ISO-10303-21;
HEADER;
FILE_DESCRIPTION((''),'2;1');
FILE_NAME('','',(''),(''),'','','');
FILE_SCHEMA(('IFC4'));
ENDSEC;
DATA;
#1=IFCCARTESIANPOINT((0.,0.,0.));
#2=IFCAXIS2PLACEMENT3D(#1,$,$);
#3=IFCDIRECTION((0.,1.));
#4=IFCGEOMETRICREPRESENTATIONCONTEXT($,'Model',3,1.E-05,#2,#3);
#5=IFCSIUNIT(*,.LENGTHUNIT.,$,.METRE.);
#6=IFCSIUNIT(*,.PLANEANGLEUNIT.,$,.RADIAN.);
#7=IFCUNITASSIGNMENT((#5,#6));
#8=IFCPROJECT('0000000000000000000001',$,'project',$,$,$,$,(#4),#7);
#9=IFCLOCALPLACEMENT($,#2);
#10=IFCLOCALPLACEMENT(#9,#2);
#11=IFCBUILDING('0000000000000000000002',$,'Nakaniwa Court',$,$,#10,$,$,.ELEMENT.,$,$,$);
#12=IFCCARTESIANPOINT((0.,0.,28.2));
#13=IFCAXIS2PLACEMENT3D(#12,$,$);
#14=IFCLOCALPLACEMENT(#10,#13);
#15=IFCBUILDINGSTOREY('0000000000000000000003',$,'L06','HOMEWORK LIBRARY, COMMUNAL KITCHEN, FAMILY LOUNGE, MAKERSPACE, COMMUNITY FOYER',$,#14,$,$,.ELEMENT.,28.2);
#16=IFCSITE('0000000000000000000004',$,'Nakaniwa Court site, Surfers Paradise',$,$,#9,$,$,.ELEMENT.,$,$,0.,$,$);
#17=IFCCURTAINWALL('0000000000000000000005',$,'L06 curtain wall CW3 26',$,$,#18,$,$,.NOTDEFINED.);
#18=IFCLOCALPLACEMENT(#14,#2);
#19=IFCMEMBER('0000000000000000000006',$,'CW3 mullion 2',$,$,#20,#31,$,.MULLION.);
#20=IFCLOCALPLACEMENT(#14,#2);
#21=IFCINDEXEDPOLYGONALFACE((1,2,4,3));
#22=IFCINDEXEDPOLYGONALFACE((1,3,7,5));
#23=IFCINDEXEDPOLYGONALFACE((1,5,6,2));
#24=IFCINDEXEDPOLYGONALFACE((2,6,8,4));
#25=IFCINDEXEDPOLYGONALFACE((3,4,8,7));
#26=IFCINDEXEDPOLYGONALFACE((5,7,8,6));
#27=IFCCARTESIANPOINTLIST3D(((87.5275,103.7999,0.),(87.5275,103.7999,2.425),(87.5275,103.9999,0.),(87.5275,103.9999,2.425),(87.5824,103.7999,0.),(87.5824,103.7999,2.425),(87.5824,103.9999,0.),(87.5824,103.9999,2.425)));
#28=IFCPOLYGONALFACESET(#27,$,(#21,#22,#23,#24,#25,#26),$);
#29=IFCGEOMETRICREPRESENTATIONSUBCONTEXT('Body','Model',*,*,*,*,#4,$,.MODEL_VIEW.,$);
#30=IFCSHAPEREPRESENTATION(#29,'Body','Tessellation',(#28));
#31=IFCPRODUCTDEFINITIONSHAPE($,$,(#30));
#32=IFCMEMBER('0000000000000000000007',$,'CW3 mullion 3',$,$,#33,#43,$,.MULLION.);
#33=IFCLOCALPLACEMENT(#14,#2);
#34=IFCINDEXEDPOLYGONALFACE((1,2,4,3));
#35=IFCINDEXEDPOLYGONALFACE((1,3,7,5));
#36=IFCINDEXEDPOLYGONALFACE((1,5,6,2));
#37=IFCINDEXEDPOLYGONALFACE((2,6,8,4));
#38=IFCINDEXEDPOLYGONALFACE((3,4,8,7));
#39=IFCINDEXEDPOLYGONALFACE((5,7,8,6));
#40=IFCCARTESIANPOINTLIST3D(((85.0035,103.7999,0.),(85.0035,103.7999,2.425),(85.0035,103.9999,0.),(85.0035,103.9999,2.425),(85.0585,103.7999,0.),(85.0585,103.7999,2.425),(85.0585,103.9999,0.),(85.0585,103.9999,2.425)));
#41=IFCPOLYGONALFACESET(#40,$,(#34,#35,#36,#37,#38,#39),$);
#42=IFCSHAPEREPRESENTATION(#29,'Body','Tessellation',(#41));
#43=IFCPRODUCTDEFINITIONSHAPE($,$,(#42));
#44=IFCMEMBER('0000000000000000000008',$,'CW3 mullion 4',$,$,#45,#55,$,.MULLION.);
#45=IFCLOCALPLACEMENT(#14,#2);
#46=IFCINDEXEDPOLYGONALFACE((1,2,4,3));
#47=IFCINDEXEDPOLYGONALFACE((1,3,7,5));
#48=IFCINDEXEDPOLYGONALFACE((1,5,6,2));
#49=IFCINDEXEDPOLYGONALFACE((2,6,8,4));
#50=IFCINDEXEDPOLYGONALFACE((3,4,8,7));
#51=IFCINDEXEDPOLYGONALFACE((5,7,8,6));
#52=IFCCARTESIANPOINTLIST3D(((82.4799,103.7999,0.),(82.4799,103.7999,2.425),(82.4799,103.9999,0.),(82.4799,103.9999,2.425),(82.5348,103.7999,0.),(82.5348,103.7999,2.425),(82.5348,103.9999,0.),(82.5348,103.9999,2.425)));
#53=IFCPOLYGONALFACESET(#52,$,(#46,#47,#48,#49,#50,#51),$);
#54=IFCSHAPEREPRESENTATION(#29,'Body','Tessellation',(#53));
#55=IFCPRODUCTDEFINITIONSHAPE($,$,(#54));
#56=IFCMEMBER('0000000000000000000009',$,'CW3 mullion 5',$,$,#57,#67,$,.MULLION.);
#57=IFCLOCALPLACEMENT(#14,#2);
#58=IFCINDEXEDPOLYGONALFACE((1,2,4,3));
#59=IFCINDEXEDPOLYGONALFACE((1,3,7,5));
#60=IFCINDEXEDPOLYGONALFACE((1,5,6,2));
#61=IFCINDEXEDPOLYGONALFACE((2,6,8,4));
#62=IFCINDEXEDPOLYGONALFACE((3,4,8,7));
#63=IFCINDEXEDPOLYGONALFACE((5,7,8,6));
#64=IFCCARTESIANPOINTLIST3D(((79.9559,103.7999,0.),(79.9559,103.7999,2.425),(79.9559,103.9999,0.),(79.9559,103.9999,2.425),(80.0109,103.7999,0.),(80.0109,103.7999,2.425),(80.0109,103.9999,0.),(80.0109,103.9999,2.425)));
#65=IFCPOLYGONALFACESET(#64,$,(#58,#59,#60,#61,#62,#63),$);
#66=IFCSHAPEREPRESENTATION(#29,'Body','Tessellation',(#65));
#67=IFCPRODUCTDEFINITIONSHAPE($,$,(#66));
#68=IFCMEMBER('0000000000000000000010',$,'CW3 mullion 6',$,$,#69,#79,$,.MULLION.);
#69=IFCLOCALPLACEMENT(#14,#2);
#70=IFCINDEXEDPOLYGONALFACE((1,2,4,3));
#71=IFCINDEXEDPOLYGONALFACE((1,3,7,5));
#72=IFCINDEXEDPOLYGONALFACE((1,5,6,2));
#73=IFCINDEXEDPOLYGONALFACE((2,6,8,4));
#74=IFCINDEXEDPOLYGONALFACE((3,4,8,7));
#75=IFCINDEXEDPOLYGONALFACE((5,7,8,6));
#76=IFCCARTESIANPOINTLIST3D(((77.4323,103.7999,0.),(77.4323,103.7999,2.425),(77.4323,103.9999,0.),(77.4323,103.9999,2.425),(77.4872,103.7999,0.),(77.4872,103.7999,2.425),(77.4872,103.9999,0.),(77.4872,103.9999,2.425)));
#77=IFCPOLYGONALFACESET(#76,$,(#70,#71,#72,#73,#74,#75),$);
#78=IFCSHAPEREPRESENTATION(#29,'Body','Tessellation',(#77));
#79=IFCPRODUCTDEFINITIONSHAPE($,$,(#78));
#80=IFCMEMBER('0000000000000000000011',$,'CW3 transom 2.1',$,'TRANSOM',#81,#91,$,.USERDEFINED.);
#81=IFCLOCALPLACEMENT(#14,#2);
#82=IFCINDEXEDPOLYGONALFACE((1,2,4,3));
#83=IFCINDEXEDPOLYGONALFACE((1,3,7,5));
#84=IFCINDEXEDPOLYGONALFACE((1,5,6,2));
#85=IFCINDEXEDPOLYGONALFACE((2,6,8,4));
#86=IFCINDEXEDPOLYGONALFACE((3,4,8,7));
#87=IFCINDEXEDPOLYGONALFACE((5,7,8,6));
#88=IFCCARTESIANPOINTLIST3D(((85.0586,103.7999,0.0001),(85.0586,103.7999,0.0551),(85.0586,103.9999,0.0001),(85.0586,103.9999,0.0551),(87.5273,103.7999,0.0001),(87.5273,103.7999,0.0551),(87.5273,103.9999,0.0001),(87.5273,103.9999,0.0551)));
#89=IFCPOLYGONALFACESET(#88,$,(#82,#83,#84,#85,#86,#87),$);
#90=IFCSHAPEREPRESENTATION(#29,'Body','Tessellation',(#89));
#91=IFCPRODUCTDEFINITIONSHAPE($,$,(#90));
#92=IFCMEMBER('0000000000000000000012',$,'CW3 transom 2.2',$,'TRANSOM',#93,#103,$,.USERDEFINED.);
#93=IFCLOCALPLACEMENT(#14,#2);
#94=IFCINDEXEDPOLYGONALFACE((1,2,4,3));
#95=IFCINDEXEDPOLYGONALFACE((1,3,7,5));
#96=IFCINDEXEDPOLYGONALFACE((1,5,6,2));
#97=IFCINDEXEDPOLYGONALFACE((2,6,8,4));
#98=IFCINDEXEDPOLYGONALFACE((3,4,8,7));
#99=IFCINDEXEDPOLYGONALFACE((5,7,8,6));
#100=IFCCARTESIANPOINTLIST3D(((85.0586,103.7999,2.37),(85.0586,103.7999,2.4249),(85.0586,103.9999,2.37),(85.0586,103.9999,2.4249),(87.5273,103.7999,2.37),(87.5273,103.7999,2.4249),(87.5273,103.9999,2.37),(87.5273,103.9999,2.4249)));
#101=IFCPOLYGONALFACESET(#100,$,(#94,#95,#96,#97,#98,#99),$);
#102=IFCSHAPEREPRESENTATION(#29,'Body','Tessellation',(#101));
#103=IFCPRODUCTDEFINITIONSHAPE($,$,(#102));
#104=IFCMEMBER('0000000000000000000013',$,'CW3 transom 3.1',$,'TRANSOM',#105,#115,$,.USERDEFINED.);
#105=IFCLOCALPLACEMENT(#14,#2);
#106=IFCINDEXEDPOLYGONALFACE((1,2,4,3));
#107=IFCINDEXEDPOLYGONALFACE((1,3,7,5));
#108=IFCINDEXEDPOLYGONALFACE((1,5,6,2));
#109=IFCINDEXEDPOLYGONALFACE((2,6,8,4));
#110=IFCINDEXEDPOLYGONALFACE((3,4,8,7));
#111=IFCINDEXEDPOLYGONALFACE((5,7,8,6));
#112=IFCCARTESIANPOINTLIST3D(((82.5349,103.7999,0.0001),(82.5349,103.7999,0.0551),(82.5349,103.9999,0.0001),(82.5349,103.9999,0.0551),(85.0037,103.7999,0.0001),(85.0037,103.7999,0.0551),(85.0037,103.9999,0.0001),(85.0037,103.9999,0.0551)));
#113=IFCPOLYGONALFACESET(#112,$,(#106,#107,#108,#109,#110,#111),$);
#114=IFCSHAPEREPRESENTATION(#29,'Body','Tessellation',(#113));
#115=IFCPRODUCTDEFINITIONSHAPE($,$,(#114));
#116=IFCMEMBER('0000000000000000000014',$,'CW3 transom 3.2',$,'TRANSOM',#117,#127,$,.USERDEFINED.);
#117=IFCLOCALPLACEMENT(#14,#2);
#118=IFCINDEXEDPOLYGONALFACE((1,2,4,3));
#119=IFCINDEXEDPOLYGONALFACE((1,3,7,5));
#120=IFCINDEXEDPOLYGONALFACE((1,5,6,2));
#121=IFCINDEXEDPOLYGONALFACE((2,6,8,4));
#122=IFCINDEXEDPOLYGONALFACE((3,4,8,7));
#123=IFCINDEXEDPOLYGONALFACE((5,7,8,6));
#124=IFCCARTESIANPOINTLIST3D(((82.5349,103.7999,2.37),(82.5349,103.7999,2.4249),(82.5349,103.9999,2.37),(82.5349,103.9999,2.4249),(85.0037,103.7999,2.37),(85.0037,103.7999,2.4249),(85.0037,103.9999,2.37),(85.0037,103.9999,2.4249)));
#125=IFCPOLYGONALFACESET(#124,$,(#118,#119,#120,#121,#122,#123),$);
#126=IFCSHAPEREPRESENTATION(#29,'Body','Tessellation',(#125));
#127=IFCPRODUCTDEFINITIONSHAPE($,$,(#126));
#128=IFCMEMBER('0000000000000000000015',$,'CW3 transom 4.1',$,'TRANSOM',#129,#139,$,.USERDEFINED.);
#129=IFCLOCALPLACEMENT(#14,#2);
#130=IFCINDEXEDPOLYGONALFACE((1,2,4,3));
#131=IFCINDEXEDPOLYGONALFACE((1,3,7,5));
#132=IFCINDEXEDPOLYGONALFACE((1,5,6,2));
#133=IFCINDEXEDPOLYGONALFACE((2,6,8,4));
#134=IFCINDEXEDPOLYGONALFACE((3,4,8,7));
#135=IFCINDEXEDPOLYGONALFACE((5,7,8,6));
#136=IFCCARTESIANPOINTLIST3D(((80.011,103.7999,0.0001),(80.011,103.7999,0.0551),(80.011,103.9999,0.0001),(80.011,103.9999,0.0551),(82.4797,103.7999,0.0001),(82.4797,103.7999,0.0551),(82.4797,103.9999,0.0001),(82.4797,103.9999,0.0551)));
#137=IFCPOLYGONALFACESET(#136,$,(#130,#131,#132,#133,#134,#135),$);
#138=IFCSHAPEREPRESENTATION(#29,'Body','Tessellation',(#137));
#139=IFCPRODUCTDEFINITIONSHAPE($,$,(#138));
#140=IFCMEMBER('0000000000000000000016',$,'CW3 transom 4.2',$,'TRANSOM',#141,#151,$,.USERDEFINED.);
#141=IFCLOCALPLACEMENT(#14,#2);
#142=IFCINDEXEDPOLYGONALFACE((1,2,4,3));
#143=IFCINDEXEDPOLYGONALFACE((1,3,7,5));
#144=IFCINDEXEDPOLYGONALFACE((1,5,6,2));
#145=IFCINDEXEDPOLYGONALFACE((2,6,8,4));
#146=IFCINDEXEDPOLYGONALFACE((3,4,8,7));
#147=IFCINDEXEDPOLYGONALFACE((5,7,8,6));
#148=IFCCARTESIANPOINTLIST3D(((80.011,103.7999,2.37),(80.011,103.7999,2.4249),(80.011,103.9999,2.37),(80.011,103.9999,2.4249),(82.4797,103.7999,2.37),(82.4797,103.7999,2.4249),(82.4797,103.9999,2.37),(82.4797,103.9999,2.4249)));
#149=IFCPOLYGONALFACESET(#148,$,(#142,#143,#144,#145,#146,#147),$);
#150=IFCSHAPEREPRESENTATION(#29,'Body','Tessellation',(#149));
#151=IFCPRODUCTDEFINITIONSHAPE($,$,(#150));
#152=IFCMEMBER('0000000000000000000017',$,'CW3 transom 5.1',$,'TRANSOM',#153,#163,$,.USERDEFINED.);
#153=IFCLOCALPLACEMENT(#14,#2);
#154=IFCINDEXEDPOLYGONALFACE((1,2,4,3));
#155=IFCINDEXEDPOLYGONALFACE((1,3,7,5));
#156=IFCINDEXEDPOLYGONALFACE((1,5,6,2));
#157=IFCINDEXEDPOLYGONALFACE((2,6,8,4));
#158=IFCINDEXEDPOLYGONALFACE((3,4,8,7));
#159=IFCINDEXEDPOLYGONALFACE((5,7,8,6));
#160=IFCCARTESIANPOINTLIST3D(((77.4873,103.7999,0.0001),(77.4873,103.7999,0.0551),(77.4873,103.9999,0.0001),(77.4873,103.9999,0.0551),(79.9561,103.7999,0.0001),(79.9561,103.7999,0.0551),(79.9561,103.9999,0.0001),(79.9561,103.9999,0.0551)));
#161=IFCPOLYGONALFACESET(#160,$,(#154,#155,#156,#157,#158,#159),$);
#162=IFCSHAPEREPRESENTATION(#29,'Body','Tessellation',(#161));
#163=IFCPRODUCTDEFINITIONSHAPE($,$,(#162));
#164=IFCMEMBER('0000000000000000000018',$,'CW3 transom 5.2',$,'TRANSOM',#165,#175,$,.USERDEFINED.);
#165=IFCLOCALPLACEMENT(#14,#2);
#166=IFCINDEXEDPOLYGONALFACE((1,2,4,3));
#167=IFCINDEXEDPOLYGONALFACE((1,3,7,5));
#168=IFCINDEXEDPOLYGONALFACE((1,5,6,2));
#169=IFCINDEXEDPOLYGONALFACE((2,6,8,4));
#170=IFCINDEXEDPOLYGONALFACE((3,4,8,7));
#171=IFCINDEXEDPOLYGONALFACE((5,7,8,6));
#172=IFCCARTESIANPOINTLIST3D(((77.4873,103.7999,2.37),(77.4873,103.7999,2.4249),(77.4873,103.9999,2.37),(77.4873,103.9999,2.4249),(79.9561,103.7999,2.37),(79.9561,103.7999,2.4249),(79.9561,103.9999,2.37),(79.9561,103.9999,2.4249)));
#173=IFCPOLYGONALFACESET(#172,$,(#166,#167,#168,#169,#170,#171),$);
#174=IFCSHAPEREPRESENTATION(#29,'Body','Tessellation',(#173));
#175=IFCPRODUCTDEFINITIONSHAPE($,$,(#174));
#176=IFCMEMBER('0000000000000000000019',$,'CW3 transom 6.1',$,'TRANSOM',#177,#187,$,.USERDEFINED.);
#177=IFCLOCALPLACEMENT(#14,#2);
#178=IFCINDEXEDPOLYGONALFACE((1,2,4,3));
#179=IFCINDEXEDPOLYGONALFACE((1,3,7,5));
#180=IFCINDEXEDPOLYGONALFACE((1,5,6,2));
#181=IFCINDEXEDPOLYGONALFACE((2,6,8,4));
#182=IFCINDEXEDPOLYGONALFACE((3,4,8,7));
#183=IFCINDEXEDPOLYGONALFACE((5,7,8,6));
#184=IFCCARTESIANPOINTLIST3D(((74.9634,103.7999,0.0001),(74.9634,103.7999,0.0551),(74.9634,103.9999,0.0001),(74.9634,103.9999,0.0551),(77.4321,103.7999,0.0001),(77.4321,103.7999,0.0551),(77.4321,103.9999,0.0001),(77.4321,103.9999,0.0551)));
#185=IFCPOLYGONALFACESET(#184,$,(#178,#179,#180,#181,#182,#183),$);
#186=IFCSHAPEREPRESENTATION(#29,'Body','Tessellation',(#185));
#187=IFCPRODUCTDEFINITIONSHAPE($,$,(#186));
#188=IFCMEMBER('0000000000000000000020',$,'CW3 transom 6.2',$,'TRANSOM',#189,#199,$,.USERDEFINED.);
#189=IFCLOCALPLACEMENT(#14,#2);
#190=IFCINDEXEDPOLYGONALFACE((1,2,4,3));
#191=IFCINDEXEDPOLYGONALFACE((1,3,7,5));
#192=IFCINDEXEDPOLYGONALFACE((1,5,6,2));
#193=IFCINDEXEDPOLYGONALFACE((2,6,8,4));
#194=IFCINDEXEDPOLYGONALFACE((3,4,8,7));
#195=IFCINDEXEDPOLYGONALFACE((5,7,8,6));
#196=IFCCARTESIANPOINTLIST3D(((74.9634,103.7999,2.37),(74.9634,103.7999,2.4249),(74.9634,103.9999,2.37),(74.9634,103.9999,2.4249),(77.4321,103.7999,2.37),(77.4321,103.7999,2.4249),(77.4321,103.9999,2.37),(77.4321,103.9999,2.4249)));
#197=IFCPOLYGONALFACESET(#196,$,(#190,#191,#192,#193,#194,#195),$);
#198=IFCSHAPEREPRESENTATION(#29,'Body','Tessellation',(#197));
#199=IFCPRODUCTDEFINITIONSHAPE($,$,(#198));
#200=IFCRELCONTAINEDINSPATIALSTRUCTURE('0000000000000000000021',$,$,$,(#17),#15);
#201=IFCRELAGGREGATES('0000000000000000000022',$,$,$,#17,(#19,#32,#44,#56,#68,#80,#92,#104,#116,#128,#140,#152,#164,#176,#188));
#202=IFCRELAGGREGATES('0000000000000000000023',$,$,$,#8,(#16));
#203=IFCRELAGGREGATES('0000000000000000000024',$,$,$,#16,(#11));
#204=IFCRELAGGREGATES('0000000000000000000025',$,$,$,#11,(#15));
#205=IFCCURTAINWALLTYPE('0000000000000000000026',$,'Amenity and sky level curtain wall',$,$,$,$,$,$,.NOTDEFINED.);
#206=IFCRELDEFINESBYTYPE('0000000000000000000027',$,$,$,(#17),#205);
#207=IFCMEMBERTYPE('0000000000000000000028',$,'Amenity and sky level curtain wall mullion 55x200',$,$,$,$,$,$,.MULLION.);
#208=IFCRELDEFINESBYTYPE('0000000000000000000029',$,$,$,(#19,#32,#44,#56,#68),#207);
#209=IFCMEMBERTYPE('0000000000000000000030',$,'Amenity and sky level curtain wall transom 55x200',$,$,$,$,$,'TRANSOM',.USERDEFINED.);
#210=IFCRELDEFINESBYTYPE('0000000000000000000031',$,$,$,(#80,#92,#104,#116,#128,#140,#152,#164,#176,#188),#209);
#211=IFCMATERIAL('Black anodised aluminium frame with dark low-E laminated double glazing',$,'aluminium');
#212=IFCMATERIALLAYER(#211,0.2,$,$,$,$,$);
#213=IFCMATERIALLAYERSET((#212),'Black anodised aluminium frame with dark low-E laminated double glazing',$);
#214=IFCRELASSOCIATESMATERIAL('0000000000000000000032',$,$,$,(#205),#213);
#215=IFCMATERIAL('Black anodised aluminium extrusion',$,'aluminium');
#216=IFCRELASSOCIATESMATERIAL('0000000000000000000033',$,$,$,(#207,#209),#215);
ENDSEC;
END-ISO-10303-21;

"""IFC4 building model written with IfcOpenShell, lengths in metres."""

from ifc_helpers import new_model, si_unit, direction, frame, origin, origin_2d, place, context, subcontext, project, spatial, rectangle, extrude, material, layer, layer_set, material_profile, profile_set, type_object, element, aggregate, save


model = new_model("IFC4")

# Units and contexts
model_context = context("Model", 3, precision=1e-05, world=origin(), true_north=direction((0.0, 1.0)))
body_context = subcontext(model_context, "Body", "Model", "MODEL_VIEW")
ifc_project = project(units=[si_unit("LENGTHUNIT", "METRE"), si_unit("PLANEANGLEUNIT", "RADIAN")], contexts=[model_context])

# Site, building, storey
site_placement = place(None, origin())
site = spatial("IfcSite", under=ifc_project, at=site_placement, Name="Nakaniwa Court site, Surfers Paradise", CompositionType="ELEMENT", RefElevation=0.0)
building_placement = place(site_placement, origin())
building = spatial("IfcBuilding", under=site, at=building_placement, Name="Nakaniwa Court", CompositionType="ELEMENT")
storey_placement = place(building_placement, frame((0.0, 0.0, 28.2)))
storey = spatial("IfcBuildingStorey", under=building, at=storey_placement, Name="L06", Description="HOMEWORK LIBRARY, COMMUNAL KITCHEN, FAMILY LOUNGE, MAKERSPACE, COMMUNITY FOYER", CompositionType="ELEMENT", Elevation=28.2)

# Curtain wall, members
ifc_material_1 = material(Name="Black anodised aluminium frame with dark low-E laminated double glazing", Category="aluminium")
ifc_layer_1 = layer(ifc_material_1, 0.2)
ifc_layer_set_1 = layer_set([ifc_layer_1], Name="Black anodised aluminium frame with dark low-E laminated double glazing")
curtain_wall_type = type_object("IfcCurtainWallType", Name="Amenity and sky level curtain wall", PredefinedType="NOTDEFINED", material=ifc_layer_set_1)
curtain_wall_placement = place(storey_placement, origin())
curtain_wall = element("IfcCurtainWall", 1, at=curtain_wall_placement, inside=storey, type_object=curtain_wall_type, Name="L06 curtain wall CW3 26", PredefinedType="NOTDEFINED")
ifc_material_2 = material(Name="Black anodised aluminium extrusion", Category="aluminium")
ifc_material_profile_1 = material_profile(ifc_material_2, rectangle(XDim=0.2, YDim=0.0549, at=origin_2d()), Name="Amenity and sky level curtain wall mullion 55x200")
ifc_profile_set_1 = profile_set([ifc_material_profile_1], Name="Black anodised aluminium extrusion")
member_type_1 = type_object("IfcMemberType", Name="Amenity and sky level curtain wall mullion 55x200", PredefinedType="MULLION", material=ifc_profile_set_1)
member_1_placement = place(storey_placement, frame((87.5549, 103.8999, 0.0), z_axis=(0.0, 0.0, 1.0), x_axis=(0.0, -1.0, 0.0)))
member_1 = element("IfcMember", 2, at=member_1_placement, type_object=member_type_1, Name="CW3 mullion 2", PredefinedType="MULLION", context=body_context, shape_type="SweptSolid", body=[
    extrude(rectangle(XDim=0.2, YDim=0.0549, at=origin_2d()), origin(), (0.0, 0.0, 1.0), 2.425),
])
member_2_placement = place(storey_placement, frame((85.031, 103.8999, 0.0), z_axis=(0.0, 0.0, 1.0), x_axis=(0.0, -1.0, 0.0)))
member_2 = element("IfcMember", 3, at=member_2_placement, type_object=member_type_1, Name="CW3 mullion 3", PredefinedType="MULLION", context=body_context, shape_type="SweptSolid", body=[
    extrude(rectangle(XDim=0.2, YDim=0.0549, at=origin_2d()), origin(), (0.0, 0.0, 1.0), 2.425),
])
member_3_placement = place(storey_placement, frame((82.5073, 103.8999, 0.0), z_axis=(0.0, 0.0, 1.0), x_axis=(0.0, -1.0, 0.0)))
member_3 = element("IfcMember", 4, at=member_3_placement, type_object=member_type_1, Name="CW3 mullion 4", PredefinedType="MULLION", context=body_context, shape_type="SweptSolid", body=[
    extrude(rectangle(XDim=0.2, YDim=0.0549, at=origin_2d()), origin(), (0.0, 0.0, 1.0), 2.425),
])
member_4_placement = place(storey_placement, frame((79.9834, 103.8999, 0.0), z_axis=(0.0, 0.0, 1.0), x_axis=(0.0, -1.0, 0.0)))
member_4 = element("IfcMember", 5, at=member_4_placement, type_object=member_type_1, Name="CW3 mullion 5", PredefinedType="MULLION", context=body_context, shape_type="SweptSolid", body=[
    extrude(rectangle(XDim=0.2, YDim=0.0549, at=origin_2d()), origin(), (0.0, 0.0, 1.0), 2.425),
])
member_5_placement = place(storey_placement, frame((77.4597, 103.8999, 0.0), z_axis=(0.0, 0.0, 1.0), x_axis=(0.0, -1.0, 0.0)))
member_5 = element("IfcMember", 6, at=member_5_placement, type_object=member_type_1, Name="CW3 mullion 6", PredefinedType="MULLION", context=body_context, shape_type="SweptSolid", body=[
    extrude(rectangle(XDim=0.2, YDim=0.0549, at=origin_2d()), origin(), (0.0, 0.0, 1.0), 2.425),
])
ifc_material_profile_2 = material_profile(ifc_material_2, rectangle(XDim=0.2, YDim=0.0549, at=origin_2d()), Name="Amenity and sky level curtain wall transom 55x200")
ifc_profile_set_2 = profile_set([ifc_material_profile_2], Name="Black anodised aluminium extrusion")
member_type_2 = type_object("IfcMemberType", Name="Amenity and sky level curtain wall transom 55x200", ElementType="TRANSOM", PredefinedType="USERDEFINED", material=ifc_profile_set_2)
member_6_placement = place(storey_placement, frame((87.5273, 103.8999, 0.0276), z_axis=(-1.0, 0.0, 0.0), x_axis=(0.0, -1.0, 0.0)))
member_6 = element("IfcMember", 7, at=member_6_placement, type_object=member_type_2, Name="CW3 transom 2.1", ObjectType="TRANSOM", PredefinedType="USERDEFINED", context=body_context, shape_type="SweptSolid", body=[
    extrude(rectangle(XDim=0.2, YDim=0.0549, at=origin_2d()), origin(), (0.0, 0.0, 1.0), 2.4688),
])
member_7_placement = place(storey_placement, frame((87.5273, 103.8999, 2.3975), z_axis=(-1.0, 0.0, 0.0), x_axis=(0.0, -1.0, 0.0)))
member_7 = element("IfcMember", 8, at=member_7_placement, type_object=member_type_2, Name="CW3 transom 2.2", ObjectType="TRANSOM", PredefinedType="USERDEFINED", context=body_context, shape_type="SweptSolid", body=[
    extrude(rectangle(XDim=0.2, YDim=0.0549, at=origin_2d()), origin(), (0.0, 0.0, 1.0), 2.4688),
])
member_8_placement = place(storey_placement, frame((85.0037, 103.8999, 0.0276), z_axis=(-1.0, 0.0, 0.0), x_axis=(0.0, -1.0, 0.0)))
member_8 = element("IfcMember", 9, at=member_8_placement, type_object=member_type_2, Name="CW3 transom 3.1", ObjectType="TRANSOM", PredefinedType="USERDEFINED", context=body_context, shape_type="SweptSolid", body=[
    extrude(rectangle(XDim=0.2, YDim=0.0549, at=origin_2d()), origin(), (0.0, 0.0, 1.0), 2.4688),
])
member_9_placement = place(storey_placement, frame((85.0037, 103.8999, 2.3975), z_axis=(-1.0, 0.0, 0.0), x_axis=(0.0, -1.0, 0.0)))
member_9 = element("IfcMember", 10, at=member_9_placement, type_object=member_type_2, Name="CW3 transom 3.2", ObjectType="TRANSOM", PredefinedType="USERDEFINED", context=body_context, shape_type="SweptSolid", body=[
    extrude(rectangle(XDim=0.2, YDim=0.0549, at=origin_2d()), origin(), (0.0, 0.0, 1.0), 2.4688),
])
member_10_placement = place(storey_placement, frame((82.4797, 103.8999, 0.0276), z_axis=(-1.0, 0.0, 0.0), x_axis=(0.0, -1.0, 0.0)))
member_10 = element("IfcMember", 11, at=member_10_placement, type_object=member_type_2, Name="CW3 transom 4.1", ObjectType="TRANSOM", PredefinedType="USERDEFINED", context=body_context, shape_type="SweptSolid", body=[
    extrude(rectangle(XDim=0.2, YDim=0.0549, at=origin_2d()), origin(), (0.0, 0.0, 1.0), 2.4688),
])
member_11_placement = place(storey_placement, frame((82.4797, 103.8999, 2.3975), z_axis=(-1.0, 0.0, 0.0), x_axis=(0.0, -1.0, 0.0)))
member_11 = element("IfcMember", 12, at=member_11_placement, type_object=member_type_2, Name="CW3 transom 4.2", ObjectType="TRANSOM", PredefinedType="USERDEFINED", context=body_context, shape_type="SweptSolid", body=[
    extrude(rectangle(XDim=0.2, YDim=0.0549, at=origin_2d()), origin(), (0.0, 0.0, 1.0), 2.4688),
])
member_12_placement = place(storey_placement, frame((79.9561, 103.8999, 0.0276), z_axis=(-1.0, 0.0, 0.0), x_axis=(0.0, -1.0, 0.0)))
member_12 = element("IfcMember", 13, at=member_12_placement, type_object=member_type_2, Name="CW3 transom 5.1", ObjectType="TRANSOM", PredefinedType="USERDEFINED", context=body_context, shape_type="SweptSolid", body=[
    extrude(rectangle(XDim=0.2, YDim=0.0549, at=origin_2d()), origin(), (0.0, 0.0, 1.0), 2.4688),
])
member_13_placement = place(storey_placement, frame((79.9561, 103.8999, 2.3975), z_axis=(-1.0, 0.0, 0.0), x_axis=(0.0, -1.0, 0.0)))
member_13 = element("IfcMember", 14, at=member_13_placement, type_object=member_type_2, Name="CW3 transom 5.2", ObjectType="TRANSOM", PredefinedType="USERDEFINED", context=body_context, shape_type="SweptSolid", body=[
    extrude(rectangle(XDim=0.2, YDim=0.0549, at=origin_2d()), origin(), (0.0, 0.0, 1.0), 2.4688),
])
member_14_placement = place(storey_placement, frame((77.4321, 103.8999, 0.0276), z_axis=(-1.0, 0.0, 0.0), x_axis=(0.0, -1.0, 0.0)))
member_14 = element("IfcMember", 15, at=member_14_placement, type_object=member_type_2, Name="CW3 transom 6.1", ObjectType="TRANSOM", PredefinedType="USERDEFINED", context=body_context, shape_type="SweptSolid", body=[
    extrude(rectangle(XDim=0.2, YDim=0.0549, at=origin_2d()), origin(), (0.0, 0.0, 1.0), 2.4688),
])
member_15_placement = place(storey_placement, frame((77.4321, 103.8999, 2.3975), z_axis=(-1.0, 0.0, 0.0), x_axis=(0.0, -1.0, 0.0)))
member_15 = element("IfcMember", 16, at=member_15_placement, type_object=member_type_2, Name="CW3 transom 6.2", ObjectType="TRANSOM", PredefinedType="USERDEFINED", context=body_context, shape_type="SweptSolid", body=[
    extrude(rectangle(XDim=0.2, YDim=0.0549, at=origin_2d()), origin(), (0.0, 0.0, 1.0), 2.4688),
])

aggregate(curtain_wall, [member_1, member_2, member_3, member_4, member_5, member_6, member_7, member_8, member_9, member_10, member_11, member_12, member_13, member_14, member_15])

save(model, "model.ifc")
